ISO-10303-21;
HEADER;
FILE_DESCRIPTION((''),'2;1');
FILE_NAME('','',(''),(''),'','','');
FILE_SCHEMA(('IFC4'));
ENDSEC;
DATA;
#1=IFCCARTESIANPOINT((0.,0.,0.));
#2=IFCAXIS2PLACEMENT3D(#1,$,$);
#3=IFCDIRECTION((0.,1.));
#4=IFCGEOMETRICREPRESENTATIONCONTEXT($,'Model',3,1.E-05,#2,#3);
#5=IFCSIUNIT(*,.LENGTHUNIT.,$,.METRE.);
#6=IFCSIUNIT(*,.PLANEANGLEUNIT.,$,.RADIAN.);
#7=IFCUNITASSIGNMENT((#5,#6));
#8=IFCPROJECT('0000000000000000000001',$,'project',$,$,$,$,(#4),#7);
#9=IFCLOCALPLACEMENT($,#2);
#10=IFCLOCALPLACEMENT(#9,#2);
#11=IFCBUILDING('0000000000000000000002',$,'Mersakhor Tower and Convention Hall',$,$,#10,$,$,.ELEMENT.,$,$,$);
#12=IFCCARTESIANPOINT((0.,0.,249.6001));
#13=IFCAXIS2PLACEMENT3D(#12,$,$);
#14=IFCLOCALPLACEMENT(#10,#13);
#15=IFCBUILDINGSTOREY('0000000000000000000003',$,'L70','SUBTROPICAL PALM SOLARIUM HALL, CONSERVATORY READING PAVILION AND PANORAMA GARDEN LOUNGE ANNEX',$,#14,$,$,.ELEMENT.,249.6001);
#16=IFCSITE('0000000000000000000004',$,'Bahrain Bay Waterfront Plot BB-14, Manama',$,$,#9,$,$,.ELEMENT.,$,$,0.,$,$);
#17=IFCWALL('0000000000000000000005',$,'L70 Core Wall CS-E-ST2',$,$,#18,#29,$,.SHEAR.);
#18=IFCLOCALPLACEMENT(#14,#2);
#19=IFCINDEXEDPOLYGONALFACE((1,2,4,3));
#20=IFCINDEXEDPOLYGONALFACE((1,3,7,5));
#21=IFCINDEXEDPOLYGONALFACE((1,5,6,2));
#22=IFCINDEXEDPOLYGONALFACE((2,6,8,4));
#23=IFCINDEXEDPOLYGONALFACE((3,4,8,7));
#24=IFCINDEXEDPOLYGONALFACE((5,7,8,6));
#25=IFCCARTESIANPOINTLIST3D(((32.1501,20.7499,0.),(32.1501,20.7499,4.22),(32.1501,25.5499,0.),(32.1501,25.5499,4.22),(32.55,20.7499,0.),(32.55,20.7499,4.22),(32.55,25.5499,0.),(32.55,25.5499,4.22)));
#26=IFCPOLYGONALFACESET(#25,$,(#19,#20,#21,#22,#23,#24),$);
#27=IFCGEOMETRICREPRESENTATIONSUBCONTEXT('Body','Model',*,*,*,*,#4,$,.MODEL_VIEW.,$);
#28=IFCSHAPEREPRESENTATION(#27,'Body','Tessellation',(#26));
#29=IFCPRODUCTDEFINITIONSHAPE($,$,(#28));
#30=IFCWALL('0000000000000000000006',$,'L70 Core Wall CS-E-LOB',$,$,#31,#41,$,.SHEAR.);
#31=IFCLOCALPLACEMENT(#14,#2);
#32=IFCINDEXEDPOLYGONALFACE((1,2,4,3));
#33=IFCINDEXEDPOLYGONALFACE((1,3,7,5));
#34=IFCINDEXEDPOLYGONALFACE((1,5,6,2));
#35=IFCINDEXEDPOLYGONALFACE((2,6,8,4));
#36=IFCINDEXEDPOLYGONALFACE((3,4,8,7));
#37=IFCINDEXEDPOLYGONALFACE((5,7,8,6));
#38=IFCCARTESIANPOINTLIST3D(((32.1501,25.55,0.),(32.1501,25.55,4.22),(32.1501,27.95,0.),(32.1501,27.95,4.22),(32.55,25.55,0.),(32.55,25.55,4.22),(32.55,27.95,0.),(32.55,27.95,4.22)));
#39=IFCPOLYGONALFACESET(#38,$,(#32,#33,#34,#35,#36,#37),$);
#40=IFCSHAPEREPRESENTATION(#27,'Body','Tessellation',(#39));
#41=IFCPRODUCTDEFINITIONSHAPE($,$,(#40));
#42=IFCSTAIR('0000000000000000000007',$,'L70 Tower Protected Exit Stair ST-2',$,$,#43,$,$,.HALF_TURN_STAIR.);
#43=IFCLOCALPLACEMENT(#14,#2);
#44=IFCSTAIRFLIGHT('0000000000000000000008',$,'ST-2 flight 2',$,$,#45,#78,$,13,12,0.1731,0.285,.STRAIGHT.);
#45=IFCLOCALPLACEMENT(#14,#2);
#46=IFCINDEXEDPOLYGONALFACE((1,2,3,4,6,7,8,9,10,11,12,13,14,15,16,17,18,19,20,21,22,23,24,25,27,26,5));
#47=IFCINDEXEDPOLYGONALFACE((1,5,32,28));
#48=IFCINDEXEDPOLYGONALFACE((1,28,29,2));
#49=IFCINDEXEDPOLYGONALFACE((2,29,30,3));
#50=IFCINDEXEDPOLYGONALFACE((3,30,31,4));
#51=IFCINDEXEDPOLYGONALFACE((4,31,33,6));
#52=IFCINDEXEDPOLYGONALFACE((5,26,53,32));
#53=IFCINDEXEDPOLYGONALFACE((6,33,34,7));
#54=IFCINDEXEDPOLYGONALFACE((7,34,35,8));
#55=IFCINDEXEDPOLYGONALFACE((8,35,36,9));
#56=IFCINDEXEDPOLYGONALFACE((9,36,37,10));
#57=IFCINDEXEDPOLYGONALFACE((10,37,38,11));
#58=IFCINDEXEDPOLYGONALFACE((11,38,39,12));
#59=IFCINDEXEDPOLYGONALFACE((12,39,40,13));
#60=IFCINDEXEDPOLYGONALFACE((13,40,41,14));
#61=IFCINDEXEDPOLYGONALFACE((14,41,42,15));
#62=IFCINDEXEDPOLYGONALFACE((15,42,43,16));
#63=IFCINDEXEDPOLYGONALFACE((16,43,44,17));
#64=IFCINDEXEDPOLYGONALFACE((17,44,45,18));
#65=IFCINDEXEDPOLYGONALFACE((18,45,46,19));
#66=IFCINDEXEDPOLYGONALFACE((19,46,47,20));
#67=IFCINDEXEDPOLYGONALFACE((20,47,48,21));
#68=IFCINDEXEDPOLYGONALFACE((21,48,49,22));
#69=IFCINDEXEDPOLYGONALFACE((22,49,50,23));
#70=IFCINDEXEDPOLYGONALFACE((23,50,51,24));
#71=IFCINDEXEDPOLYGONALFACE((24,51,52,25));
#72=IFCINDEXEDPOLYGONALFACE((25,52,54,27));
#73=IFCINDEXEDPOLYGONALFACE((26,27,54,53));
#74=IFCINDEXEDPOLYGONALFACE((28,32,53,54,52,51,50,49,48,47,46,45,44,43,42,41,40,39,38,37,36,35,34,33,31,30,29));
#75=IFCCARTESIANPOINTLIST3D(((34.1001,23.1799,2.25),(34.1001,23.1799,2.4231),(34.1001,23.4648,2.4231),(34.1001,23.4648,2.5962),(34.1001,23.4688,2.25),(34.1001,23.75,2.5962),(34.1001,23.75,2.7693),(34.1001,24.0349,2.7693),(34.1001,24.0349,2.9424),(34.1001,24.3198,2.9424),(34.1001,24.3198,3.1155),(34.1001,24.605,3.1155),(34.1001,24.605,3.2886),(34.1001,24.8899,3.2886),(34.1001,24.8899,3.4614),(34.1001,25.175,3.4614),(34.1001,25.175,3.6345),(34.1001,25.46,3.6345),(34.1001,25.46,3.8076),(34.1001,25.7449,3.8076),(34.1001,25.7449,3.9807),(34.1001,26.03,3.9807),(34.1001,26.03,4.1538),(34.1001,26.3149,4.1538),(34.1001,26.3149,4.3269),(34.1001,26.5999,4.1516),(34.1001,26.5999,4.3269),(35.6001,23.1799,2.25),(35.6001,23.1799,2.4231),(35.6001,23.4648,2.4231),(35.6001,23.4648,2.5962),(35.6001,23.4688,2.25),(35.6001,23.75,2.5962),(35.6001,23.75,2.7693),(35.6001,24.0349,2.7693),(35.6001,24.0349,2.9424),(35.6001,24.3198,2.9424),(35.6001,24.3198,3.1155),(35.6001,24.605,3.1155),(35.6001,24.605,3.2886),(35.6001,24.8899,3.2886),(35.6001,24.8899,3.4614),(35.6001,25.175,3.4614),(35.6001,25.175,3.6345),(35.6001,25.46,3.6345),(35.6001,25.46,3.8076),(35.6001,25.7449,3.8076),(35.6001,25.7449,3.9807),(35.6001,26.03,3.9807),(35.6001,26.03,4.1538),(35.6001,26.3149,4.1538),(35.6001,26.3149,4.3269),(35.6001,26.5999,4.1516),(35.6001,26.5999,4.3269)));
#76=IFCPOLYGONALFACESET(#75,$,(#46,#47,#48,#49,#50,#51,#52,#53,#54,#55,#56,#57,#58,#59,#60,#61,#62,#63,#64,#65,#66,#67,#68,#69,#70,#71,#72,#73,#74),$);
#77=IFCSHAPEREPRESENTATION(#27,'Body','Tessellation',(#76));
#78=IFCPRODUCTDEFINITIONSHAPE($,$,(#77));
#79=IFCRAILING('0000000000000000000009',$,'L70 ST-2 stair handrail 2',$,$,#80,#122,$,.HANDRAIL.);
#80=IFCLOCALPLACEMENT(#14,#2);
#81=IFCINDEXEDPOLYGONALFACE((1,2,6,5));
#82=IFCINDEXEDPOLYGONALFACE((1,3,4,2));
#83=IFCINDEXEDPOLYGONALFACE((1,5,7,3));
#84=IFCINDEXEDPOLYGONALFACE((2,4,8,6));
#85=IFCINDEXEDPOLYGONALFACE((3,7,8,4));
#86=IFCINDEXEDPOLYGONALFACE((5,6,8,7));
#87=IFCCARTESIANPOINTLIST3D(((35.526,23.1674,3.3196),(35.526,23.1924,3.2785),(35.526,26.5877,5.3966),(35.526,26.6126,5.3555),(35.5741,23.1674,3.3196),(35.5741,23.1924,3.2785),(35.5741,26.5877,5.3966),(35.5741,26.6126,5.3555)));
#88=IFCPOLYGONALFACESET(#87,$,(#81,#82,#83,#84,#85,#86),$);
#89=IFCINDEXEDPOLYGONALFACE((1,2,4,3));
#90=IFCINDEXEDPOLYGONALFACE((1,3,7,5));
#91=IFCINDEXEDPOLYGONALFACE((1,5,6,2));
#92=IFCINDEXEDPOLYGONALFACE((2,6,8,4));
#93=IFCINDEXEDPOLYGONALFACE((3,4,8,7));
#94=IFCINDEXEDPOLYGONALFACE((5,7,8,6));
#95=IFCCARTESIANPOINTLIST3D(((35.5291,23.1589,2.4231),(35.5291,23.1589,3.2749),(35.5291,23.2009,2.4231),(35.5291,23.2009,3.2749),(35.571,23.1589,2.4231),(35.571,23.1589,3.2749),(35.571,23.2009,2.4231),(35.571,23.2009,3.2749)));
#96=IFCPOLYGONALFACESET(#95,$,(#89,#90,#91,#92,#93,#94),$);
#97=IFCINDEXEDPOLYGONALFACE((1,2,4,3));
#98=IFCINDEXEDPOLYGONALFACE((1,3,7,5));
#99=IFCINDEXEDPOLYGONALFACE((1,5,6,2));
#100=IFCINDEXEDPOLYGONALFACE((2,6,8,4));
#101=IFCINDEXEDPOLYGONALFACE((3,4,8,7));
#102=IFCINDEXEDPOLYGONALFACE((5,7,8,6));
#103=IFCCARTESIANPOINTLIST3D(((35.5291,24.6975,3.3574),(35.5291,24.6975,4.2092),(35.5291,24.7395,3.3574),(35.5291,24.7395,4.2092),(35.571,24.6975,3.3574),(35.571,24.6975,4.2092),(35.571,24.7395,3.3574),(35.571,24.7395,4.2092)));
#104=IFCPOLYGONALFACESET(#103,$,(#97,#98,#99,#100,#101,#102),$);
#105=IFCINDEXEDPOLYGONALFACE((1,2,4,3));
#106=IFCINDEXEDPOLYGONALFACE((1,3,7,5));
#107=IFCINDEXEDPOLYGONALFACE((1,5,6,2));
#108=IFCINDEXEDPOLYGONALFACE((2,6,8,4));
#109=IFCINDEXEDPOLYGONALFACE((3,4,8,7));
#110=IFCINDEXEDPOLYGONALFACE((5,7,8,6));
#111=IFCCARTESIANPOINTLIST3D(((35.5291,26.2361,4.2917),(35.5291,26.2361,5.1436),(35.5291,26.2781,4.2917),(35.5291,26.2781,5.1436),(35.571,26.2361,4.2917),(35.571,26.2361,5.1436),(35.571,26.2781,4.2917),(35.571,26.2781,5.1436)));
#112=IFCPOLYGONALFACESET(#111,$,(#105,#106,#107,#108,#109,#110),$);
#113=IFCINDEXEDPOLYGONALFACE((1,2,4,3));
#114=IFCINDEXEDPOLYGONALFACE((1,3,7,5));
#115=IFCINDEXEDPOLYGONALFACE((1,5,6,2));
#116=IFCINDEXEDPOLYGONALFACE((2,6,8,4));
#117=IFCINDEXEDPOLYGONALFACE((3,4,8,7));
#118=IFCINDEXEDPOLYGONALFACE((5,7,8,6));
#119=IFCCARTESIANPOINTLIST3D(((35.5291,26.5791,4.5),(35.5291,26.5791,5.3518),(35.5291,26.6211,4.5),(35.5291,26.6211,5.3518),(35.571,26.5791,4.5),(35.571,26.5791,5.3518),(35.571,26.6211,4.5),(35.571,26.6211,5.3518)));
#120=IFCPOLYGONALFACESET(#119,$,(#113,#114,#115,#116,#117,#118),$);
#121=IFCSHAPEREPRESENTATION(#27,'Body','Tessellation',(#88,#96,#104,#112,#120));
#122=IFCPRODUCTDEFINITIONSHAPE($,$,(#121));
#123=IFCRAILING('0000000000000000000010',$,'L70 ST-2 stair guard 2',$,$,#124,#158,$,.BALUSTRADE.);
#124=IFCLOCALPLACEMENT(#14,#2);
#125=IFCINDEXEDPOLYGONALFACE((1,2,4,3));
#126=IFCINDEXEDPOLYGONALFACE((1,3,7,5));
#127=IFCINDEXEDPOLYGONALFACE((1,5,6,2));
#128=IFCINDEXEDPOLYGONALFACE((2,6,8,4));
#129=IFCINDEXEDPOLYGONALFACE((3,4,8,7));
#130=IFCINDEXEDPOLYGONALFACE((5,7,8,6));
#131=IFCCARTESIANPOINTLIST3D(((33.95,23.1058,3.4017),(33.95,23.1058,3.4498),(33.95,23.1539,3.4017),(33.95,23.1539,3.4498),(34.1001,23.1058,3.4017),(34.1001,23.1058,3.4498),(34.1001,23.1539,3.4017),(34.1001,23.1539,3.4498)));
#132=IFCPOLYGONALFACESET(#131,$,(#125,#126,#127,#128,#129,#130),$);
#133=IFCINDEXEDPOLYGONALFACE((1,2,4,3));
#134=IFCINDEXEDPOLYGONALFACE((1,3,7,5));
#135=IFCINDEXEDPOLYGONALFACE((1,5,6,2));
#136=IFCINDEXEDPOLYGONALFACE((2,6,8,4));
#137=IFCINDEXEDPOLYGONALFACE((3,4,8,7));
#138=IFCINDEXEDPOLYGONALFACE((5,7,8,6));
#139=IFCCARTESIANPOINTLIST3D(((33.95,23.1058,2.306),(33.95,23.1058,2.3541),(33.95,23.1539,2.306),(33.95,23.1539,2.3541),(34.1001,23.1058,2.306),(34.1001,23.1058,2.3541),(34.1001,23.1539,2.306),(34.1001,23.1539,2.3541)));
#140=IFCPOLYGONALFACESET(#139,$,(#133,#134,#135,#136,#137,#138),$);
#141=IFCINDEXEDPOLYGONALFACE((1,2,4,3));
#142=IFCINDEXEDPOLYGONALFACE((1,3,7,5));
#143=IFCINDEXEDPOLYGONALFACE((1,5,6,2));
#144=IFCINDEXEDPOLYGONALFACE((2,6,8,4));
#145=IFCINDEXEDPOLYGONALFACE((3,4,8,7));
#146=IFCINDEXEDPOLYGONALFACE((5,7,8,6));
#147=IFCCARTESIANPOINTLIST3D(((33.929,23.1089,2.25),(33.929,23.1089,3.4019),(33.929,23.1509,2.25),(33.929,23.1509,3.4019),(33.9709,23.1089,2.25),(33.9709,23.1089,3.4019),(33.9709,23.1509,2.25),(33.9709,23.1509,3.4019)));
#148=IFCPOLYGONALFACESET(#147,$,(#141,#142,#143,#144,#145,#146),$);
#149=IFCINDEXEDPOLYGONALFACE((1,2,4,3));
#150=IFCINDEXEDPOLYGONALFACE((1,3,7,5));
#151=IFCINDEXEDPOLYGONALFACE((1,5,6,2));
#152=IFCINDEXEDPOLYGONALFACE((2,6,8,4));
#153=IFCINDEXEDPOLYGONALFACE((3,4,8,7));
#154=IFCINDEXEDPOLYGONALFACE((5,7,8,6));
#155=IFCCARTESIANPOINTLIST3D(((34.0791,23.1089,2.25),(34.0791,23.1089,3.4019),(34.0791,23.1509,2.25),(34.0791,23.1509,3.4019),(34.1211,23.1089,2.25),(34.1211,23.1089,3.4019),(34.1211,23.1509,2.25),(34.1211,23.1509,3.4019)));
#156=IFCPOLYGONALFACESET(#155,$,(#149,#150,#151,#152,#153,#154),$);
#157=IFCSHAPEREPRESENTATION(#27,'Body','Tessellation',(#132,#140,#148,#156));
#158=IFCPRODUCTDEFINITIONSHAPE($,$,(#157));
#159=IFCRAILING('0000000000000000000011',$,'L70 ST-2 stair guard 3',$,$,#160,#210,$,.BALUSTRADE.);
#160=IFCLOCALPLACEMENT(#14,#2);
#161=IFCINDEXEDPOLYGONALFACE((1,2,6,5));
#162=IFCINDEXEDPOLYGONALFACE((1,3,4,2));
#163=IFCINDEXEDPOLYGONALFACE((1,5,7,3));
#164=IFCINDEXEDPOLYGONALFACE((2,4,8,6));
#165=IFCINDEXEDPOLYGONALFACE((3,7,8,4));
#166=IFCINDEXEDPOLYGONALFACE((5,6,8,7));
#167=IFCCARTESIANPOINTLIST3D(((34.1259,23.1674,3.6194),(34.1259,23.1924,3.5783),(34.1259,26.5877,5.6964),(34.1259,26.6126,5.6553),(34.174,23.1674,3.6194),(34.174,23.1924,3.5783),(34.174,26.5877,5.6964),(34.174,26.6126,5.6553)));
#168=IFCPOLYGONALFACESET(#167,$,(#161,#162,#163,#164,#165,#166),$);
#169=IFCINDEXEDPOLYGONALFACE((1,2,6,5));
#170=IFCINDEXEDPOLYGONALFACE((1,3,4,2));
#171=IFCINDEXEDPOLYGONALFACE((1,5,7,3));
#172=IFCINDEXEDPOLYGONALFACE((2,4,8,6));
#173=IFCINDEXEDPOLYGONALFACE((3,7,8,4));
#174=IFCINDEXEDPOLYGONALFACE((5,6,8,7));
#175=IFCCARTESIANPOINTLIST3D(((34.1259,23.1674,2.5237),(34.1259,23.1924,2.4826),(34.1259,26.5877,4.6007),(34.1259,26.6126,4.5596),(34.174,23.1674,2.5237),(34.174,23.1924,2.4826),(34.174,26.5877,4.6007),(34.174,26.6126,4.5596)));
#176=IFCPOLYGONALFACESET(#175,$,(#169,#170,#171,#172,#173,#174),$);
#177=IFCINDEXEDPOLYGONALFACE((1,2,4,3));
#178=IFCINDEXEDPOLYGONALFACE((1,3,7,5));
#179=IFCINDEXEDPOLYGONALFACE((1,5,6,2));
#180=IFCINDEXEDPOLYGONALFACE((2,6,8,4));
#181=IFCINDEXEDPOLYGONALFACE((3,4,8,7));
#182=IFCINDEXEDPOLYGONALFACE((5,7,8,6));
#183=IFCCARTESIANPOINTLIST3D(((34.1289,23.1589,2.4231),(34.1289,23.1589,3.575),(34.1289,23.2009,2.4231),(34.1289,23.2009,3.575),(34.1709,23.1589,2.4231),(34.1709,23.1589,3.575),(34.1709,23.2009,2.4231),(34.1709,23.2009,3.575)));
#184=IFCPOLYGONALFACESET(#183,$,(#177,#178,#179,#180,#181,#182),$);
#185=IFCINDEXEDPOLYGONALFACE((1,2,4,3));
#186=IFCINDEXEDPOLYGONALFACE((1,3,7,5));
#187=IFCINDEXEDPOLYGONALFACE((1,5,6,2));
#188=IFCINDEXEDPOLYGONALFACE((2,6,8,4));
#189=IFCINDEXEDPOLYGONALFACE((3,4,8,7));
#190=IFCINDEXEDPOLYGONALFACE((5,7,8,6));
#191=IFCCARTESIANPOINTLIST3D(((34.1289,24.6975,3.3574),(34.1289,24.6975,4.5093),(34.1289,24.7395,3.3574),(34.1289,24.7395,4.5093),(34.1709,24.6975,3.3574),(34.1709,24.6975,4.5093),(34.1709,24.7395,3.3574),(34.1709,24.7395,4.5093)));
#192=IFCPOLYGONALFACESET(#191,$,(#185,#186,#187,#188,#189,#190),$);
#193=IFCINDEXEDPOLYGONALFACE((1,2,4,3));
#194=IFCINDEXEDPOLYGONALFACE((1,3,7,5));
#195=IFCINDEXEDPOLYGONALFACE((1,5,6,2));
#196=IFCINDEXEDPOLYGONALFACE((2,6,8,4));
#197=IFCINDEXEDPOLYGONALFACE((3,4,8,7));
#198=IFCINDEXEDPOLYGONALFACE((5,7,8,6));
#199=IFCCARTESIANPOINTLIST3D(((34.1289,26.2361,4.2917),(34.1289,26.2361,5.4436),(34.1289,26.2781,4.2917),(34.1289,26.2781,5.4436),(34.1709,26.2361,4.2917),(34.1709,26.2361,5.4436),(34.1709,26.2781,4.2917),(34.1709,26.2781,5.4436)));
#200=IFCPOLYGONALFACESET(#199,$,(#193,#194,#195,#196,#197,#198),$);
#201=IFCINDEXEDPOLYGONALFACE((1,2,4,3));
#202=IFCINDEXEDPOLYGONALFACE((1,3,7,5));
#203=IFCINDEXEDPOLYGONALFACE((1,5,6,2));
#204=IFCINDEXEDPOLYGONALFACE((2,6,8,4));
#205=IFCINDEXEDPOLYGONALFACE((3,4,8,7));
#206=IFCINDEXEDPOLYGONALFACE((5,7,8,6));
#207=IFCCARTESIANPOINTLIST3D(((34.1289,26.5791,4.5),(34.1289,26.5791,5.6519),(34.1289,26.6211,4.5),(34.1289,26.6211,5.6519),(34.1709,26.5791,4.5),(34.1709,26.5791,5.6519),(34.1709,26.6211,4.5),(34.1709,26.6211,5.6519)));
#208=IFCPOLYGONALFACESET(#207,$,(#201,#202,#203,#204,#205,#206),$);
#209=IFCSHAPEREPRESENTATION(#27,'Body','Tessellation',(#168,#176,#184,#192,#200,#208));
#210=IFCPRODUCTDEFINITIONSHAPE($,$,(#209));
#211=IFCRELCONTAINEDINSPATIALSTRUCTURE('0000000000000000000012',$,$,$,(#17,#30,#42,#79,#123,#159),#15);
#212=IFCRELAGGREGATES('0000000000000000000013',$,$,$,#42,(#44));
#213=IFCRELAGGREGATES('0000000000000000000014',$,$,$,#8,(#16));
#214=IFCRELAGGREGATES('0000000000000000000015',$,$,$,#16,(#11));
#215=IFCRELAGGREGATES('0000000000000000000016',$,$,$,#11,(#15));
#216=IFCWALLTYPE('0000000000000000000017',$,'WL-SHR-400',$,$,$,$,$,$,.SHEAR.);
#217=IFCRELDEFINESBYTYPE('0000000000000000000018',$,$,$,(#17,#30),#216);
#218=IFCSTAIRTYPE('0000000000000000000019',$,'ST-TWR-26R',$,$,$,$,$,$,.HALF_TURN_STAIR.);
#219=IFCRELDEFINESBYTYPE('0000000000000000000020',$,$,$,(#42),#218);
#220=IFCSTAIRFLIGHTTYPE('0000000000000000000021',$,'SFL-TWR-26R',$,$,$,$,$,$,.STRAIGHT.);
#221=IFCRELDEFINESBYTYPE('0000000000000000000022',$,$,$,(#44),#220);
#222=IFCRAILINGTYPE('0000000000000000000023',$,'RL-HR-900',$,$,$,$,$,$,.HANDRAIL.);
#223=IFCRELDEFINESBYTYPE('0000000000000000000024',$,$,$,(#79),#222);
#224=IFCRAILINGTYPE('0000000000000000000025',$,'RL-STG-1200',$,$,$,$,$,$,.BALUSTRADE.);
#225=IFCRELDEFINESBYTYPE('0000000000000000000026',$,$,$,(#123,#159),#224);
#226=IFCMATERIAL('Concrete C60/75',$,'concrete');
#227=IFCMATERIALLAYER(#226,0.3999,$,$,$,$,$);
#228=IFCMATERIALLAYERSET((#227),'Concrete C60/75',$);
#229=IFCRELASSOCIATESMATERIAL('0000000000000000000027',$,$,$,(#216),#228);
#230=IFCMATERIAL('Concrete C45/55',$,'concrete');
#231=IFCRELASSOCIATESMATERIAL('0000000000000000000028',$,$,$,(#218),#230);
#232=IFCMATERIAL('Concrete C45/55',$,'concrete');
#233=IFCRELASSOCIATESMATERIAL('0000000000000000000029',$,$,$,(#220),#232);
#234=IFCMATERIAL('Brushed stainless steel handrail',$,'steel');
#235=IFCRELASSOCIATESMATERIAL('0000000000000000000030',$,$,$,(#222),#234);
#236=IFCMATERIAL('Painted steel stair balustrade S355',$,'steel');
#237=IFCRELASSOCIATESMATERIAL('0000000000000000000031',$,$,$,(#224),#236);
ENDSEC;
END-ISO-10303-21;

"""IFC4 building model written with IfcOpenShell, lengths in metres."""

from ifc_helpers import new_model, si_unit, direction, frame, frame_2d, origin, origin_2d, place, context, subcontext, project, spatial, polyline, rectangle, outline, extrude, material, layer, layer_set, type_object, element, aggregate, save


model = new_model("IFC4")

# Units and contexts
model_context = context("Model", 3, precision=1e-05, world=origin(), true_north=direction((0.0, 1.0)))
body_context = subcontext(model_context, "Body", "Model", "MODEL_VIEW")
ifc_project = project(units=[si_unit("LENGTHUNIT", "METRE"), si_unit("PLANEANGLEUNIT", "RADIAN")], contexts=[model_context])

# Site, building, storey
site_placement = place(None, origin())
site = spatial("IfcSite", under=ifc_project, at=site_placement, Name="Bahrain Bay Waterfront Plot BB-14, Manama", CompositionType="ELEMENT", RefElevation=0.0)
building_placement = place(site_placement, origin())
building = spatial("IfcBuilding", under=site, at=building_placement, Name="Mersakhor Tower and Convention Hall", CompositionType="ELEMENT")
storey_placement = place(building_placement, frame((0.0, 0.0, 249.6001)))
storey = spatial("IfcBuildingStorey", under=building, at=storey_placement, Name="L70", Description="SUBTROPICAL PALM SOLARIUM HALL, CONSERVATORY READING PAVILION AND PANORAMA GARDEN LOUNGE ANNEX", CompositionType="ELEMENT", Elevation=249.6001)

# Shared definitions
ifc_material_1 = material(Name="Concrete C60/75", Category="concrete")
ifc_layer_1 = layer(ifc_material_1, 0.3999)
ifc_layer_set_1 = layer_set([ifc_layer_1], Name="Concrete C60/75")
wall_type_1 = type_object("IfcWallType", Name="WL-SHR-400", PredefinedType="SHEAR", material=ifc_layer_set_1)

# Walls
wall_1_placement = place(storey_placement, frame((32.3501, 20.75, 0.0), z_axis=(0.0, 0.0, 1.0), x_axis=(0.0, 1.0, 0.0)))
element("IfcWall", 1, at=wall_1_placement, inside=storey, type_object=wall_type_1, Name="L70 Core Wall CS-E-ST2", PredefinedType="SHEAR", context=body_context, shape_type="SweptSolid", body=[
    extrude(rectangle(XDim=4.8, YDim=0.3999, at=frame_2d((2.3999, 0.0))), origin(), (0.0, 0.0, 1.0), 4.22),
])
wall_2_placement = place(storey_placement, frame((32.3501, 25.55, 0.0), z_axis=(0.0, 0.0, 1.0), x_axis=(0.0, 1.0, 0.0)))
element("IfcWall", 2, at=wall_2_placement, inside=storey, type_object=wall_type_1, Name="L70 Core Wall CS-E-LOB", PredefinedType="SHEAR", context=body_context, shape_type="SweptSolid", body=[
    extrude(rectangle(XDim=2.3999, YDim=0.3999, at=frame_2d((1.2, 0.0))), origin(), (0.0, 0.0, 1.0), 4.22),
])

# Stair, stair flight
ifc_material_2 = material(Name="Concrete C45/55", Category="concrete")
stair_type = type_object("IfcStairType", Name="ST-TWR-26R", PredefinedType="HALF_TURN_STAIR", material=ifc_material_2)
stair_placement = place(storey_placement, origin())
stair = element("IfcStair", 3, at=stair_placement, inside=storey, type_object=stair_type, Name="L70 Tower Protected Exit Stair ST-2", PredefinedType="HALF_TURN_STAIR")
ifc_material_3 = material(Name="Concrete C45/55", Category="concrete")
stair_flight_type = type_object("IfcStairFlightType", Name="SFL-TWR-26R", PredefinedType="STRAIGHT", material=ifc_material_3)
stair_flight_placement = place(storey_placement, frame((34.8501, 23.1799, 2.25), z_axis=(0.0, 0.0, 1.0), x_axis=(0.0, 1.0, 0.0)))
stair_flight = element("IfcStairFlight", 4, at=stair_flight_placement, type_object=stair_flight_type, Name="ST-2 flight 2", NumberOfRisers=13, NumberOfTreads=12, PredefinedType="STRAIGHT", RiserHeight=0.1731, TreadLength=0.285, context=body_context, shape_type="SweptSolid", body=[
    extrude(outline(polyline([(0.0, 0.0), (0.0, 0.1731), (0.2849, 0.1731), (0.2849, 0.3462), (0.5701, 0.3462), (0.5701, 0.5193), (0.855, 0.5193), (0.855, 0.6924), (1.1399, 0.6924), (1.1399, 0.8655), (1.425, 0.8655), (1.425, 1.0386), (1.71, 1.0386), (1.71, 1.2114), (1.9951, 1.2114), (1.9951, 1.3845), (2.28, 1.3845), (2.28, 1.5576), (2.5649, 1.5576), (2.5649, 1.7307), (2.8501, 1.7307), (2.8501, 1.9038), (3.135, 1.9038), (3.135, 2.0769), (3.4199, 2.0769), (3.4199, 2.25), (3.4199, 1.9016), (0.2888, 0.0), (0.0, 0.0)])), frame((0.0, 0.75, 0.0), z_axis=(0.0, -1.0, 0.0), x_axis=(1.0, 0.0, 0.0)), (0.0, 0.0, 1.0), 1.5),
])
aggregate(stair, [stair_flight])

# Railings
ifc_material_4 = material(Name="Brushed stainless steel handrail", Category="steel")
railing_type_1 = type_object("IfcRailingType", Name="RL-HR-900", PredefinedType="HANDRAIL", material=ifc_material_4)
railing_1_placement = place(storey_placement, frame((35.55, 23.1799, 2.4231)))
element("IfcRailing", 5, at=railing_1_placement, inside=storey, type_object=railing_type_1, Name="L70 ST-2 stair handrail 2", PredefinedType="HANDRAIL", context=body_context, shape_type="SweptSolid", body=[
    extrude(rectangle(XDim=0.0481, YDim=0.0481, at=origin_2d()), frame((0.0, 0.0, 0.876), z_axis=(0.0, 0.854746, 0.519047), x_axis=(-1.0, 0.0, 0.0)), (0.0, 0.0, 1.0), 4.0015),
    extrude(rectangle(XDim=0.042, YDim=0.042, at=origin_2d()), origin(), (0.0, 0.0, 1.0), 0.8518),
    extrude(rectangle(XDim=0.042, YDim=0.042, at=origin_2d()), frame((0.0, 1.5386, 0.9343)), (0.0, 0.0, 1.0), 0.8518),
    extrude(rectangle(XDim=0.042, YDim=0.042, at=origin_2d()), frame((0.0, 3.0771, 1.8687)), (0.0, 0.0, 1.0), 0.8518),
    extrude(rectangle(XDim=0.042, YDim=0.042, at=origin_2d()), frame((0.0, 3.4202, 2.0769)), (0.0, 0.0, 1.0), 0.8518),
])
ifc_material_5 = material(Name="Painted steel stair balustrade S355", Category="steel")
railing_type_2 = type_object("IfcRailingType", Name="RL-STG-1200", PredefinedType="BALUSTRADE", material=ifc_material_5)
railing_2_placement = place(storey_placement, frame((33.95, 23.1299, 2.25)))
element("IfcRailing", 6, at=railing_2_placement, inside=storey, type_object=railing_type_2, Name="L70 ST-2 stair guard 2", PredefinedType="BALUSTRADE", context=body_context, shape_type="SweptSolid", body=[
    extrude(rectangle(XDim=0.0481, YDim=0.0481, at=origin_2d()), frame((0.0, 0.0, 1.1758), z_axis=(1.0, 0.0, 0.0), x_axis=(0.0, 1.0, 0.0)), (0.0, 0.0, 1.0), 0.1501),
    extrude(rectangle(XDim=0.0481, YDim=0.0481, at=origin_2d()), frame((0.0, 0.0, 0.0801), z_axis=(1.0, 0.0, 0.0), x_axis=(0.0, 1.0, 0.0)), (0.0, 0.0, 1.0), 0.1501),
    extrude(rectangle(XDim=0.042, YDim=0.042, at=origin_2d()), origin(), (0.0, 0.0, 1.0), 1.1519),
    extrude(rectangle(XDim=0.042, YDim=0.042, at=origin_2d()), frame((0.1501, 0.0, 0.0)), (0.0, 0.0, 1.0), 1.1519),
])
railing_3_placement = place(storey_placement, frame((34.1499, 23.1799, 2.4231)))
element("IfcRailing", 7, at=railing_3_placement, inside=storey, type_object=railing_type_2, Name="L70 ST-2 stair guard 3", PredefinedType="BALUSTRADE", context=body_context, shape_type="SweptSolid", body=[
    extrude(rectangle(XDim=0.0481, YDim=0.0481, at=origin_2d()), frame((0.0, 0.0, 1.1758), z_axis=(0.0, 0.854746, 0.519047), x_axis=(-1.0, 0.0, 0.0)), (0.0, 0.0, 1.0), 4.0015),
    extrude(rectangle(XDim=0.0481, YDim=0.0481, at=origin_2d()), frame((0.0, 0.0, 0.0801), z_axis=(0.0, 0.854746, 0.519047), x_axis=(-1.0, 0.0, 0.0)), (0.0, 0.0, 1.0), 4.0015),
    extrude(rectangle(XDim=0.042, YDim=0.042, at=origin_2d()), origin(), (0.0, 0.0, 1.0), 1.1519),
    extrude(rectangle(XDim=0.042, YDim=0.042, at=origin_2d()), frame((0.0, 1.5386, 0.9343)), (0.0, 0.0, 1.0), 1.1519),
    extrude(rectangle(XDim=0.042, YDim=0.042, at=origin_2d()), frame((0.0, 3.0771, 1.8687)), (0.0, 0.0, 1.0), 1.1519),
    extrude(rectangle(XDim=0.042, YDim=0.042, at=origin_2d()), frame((0.0, 3.4202, 2.0769)), (0.0, 0.0, 1.0), 1.1519),
])

save(model, "model.ifc")
